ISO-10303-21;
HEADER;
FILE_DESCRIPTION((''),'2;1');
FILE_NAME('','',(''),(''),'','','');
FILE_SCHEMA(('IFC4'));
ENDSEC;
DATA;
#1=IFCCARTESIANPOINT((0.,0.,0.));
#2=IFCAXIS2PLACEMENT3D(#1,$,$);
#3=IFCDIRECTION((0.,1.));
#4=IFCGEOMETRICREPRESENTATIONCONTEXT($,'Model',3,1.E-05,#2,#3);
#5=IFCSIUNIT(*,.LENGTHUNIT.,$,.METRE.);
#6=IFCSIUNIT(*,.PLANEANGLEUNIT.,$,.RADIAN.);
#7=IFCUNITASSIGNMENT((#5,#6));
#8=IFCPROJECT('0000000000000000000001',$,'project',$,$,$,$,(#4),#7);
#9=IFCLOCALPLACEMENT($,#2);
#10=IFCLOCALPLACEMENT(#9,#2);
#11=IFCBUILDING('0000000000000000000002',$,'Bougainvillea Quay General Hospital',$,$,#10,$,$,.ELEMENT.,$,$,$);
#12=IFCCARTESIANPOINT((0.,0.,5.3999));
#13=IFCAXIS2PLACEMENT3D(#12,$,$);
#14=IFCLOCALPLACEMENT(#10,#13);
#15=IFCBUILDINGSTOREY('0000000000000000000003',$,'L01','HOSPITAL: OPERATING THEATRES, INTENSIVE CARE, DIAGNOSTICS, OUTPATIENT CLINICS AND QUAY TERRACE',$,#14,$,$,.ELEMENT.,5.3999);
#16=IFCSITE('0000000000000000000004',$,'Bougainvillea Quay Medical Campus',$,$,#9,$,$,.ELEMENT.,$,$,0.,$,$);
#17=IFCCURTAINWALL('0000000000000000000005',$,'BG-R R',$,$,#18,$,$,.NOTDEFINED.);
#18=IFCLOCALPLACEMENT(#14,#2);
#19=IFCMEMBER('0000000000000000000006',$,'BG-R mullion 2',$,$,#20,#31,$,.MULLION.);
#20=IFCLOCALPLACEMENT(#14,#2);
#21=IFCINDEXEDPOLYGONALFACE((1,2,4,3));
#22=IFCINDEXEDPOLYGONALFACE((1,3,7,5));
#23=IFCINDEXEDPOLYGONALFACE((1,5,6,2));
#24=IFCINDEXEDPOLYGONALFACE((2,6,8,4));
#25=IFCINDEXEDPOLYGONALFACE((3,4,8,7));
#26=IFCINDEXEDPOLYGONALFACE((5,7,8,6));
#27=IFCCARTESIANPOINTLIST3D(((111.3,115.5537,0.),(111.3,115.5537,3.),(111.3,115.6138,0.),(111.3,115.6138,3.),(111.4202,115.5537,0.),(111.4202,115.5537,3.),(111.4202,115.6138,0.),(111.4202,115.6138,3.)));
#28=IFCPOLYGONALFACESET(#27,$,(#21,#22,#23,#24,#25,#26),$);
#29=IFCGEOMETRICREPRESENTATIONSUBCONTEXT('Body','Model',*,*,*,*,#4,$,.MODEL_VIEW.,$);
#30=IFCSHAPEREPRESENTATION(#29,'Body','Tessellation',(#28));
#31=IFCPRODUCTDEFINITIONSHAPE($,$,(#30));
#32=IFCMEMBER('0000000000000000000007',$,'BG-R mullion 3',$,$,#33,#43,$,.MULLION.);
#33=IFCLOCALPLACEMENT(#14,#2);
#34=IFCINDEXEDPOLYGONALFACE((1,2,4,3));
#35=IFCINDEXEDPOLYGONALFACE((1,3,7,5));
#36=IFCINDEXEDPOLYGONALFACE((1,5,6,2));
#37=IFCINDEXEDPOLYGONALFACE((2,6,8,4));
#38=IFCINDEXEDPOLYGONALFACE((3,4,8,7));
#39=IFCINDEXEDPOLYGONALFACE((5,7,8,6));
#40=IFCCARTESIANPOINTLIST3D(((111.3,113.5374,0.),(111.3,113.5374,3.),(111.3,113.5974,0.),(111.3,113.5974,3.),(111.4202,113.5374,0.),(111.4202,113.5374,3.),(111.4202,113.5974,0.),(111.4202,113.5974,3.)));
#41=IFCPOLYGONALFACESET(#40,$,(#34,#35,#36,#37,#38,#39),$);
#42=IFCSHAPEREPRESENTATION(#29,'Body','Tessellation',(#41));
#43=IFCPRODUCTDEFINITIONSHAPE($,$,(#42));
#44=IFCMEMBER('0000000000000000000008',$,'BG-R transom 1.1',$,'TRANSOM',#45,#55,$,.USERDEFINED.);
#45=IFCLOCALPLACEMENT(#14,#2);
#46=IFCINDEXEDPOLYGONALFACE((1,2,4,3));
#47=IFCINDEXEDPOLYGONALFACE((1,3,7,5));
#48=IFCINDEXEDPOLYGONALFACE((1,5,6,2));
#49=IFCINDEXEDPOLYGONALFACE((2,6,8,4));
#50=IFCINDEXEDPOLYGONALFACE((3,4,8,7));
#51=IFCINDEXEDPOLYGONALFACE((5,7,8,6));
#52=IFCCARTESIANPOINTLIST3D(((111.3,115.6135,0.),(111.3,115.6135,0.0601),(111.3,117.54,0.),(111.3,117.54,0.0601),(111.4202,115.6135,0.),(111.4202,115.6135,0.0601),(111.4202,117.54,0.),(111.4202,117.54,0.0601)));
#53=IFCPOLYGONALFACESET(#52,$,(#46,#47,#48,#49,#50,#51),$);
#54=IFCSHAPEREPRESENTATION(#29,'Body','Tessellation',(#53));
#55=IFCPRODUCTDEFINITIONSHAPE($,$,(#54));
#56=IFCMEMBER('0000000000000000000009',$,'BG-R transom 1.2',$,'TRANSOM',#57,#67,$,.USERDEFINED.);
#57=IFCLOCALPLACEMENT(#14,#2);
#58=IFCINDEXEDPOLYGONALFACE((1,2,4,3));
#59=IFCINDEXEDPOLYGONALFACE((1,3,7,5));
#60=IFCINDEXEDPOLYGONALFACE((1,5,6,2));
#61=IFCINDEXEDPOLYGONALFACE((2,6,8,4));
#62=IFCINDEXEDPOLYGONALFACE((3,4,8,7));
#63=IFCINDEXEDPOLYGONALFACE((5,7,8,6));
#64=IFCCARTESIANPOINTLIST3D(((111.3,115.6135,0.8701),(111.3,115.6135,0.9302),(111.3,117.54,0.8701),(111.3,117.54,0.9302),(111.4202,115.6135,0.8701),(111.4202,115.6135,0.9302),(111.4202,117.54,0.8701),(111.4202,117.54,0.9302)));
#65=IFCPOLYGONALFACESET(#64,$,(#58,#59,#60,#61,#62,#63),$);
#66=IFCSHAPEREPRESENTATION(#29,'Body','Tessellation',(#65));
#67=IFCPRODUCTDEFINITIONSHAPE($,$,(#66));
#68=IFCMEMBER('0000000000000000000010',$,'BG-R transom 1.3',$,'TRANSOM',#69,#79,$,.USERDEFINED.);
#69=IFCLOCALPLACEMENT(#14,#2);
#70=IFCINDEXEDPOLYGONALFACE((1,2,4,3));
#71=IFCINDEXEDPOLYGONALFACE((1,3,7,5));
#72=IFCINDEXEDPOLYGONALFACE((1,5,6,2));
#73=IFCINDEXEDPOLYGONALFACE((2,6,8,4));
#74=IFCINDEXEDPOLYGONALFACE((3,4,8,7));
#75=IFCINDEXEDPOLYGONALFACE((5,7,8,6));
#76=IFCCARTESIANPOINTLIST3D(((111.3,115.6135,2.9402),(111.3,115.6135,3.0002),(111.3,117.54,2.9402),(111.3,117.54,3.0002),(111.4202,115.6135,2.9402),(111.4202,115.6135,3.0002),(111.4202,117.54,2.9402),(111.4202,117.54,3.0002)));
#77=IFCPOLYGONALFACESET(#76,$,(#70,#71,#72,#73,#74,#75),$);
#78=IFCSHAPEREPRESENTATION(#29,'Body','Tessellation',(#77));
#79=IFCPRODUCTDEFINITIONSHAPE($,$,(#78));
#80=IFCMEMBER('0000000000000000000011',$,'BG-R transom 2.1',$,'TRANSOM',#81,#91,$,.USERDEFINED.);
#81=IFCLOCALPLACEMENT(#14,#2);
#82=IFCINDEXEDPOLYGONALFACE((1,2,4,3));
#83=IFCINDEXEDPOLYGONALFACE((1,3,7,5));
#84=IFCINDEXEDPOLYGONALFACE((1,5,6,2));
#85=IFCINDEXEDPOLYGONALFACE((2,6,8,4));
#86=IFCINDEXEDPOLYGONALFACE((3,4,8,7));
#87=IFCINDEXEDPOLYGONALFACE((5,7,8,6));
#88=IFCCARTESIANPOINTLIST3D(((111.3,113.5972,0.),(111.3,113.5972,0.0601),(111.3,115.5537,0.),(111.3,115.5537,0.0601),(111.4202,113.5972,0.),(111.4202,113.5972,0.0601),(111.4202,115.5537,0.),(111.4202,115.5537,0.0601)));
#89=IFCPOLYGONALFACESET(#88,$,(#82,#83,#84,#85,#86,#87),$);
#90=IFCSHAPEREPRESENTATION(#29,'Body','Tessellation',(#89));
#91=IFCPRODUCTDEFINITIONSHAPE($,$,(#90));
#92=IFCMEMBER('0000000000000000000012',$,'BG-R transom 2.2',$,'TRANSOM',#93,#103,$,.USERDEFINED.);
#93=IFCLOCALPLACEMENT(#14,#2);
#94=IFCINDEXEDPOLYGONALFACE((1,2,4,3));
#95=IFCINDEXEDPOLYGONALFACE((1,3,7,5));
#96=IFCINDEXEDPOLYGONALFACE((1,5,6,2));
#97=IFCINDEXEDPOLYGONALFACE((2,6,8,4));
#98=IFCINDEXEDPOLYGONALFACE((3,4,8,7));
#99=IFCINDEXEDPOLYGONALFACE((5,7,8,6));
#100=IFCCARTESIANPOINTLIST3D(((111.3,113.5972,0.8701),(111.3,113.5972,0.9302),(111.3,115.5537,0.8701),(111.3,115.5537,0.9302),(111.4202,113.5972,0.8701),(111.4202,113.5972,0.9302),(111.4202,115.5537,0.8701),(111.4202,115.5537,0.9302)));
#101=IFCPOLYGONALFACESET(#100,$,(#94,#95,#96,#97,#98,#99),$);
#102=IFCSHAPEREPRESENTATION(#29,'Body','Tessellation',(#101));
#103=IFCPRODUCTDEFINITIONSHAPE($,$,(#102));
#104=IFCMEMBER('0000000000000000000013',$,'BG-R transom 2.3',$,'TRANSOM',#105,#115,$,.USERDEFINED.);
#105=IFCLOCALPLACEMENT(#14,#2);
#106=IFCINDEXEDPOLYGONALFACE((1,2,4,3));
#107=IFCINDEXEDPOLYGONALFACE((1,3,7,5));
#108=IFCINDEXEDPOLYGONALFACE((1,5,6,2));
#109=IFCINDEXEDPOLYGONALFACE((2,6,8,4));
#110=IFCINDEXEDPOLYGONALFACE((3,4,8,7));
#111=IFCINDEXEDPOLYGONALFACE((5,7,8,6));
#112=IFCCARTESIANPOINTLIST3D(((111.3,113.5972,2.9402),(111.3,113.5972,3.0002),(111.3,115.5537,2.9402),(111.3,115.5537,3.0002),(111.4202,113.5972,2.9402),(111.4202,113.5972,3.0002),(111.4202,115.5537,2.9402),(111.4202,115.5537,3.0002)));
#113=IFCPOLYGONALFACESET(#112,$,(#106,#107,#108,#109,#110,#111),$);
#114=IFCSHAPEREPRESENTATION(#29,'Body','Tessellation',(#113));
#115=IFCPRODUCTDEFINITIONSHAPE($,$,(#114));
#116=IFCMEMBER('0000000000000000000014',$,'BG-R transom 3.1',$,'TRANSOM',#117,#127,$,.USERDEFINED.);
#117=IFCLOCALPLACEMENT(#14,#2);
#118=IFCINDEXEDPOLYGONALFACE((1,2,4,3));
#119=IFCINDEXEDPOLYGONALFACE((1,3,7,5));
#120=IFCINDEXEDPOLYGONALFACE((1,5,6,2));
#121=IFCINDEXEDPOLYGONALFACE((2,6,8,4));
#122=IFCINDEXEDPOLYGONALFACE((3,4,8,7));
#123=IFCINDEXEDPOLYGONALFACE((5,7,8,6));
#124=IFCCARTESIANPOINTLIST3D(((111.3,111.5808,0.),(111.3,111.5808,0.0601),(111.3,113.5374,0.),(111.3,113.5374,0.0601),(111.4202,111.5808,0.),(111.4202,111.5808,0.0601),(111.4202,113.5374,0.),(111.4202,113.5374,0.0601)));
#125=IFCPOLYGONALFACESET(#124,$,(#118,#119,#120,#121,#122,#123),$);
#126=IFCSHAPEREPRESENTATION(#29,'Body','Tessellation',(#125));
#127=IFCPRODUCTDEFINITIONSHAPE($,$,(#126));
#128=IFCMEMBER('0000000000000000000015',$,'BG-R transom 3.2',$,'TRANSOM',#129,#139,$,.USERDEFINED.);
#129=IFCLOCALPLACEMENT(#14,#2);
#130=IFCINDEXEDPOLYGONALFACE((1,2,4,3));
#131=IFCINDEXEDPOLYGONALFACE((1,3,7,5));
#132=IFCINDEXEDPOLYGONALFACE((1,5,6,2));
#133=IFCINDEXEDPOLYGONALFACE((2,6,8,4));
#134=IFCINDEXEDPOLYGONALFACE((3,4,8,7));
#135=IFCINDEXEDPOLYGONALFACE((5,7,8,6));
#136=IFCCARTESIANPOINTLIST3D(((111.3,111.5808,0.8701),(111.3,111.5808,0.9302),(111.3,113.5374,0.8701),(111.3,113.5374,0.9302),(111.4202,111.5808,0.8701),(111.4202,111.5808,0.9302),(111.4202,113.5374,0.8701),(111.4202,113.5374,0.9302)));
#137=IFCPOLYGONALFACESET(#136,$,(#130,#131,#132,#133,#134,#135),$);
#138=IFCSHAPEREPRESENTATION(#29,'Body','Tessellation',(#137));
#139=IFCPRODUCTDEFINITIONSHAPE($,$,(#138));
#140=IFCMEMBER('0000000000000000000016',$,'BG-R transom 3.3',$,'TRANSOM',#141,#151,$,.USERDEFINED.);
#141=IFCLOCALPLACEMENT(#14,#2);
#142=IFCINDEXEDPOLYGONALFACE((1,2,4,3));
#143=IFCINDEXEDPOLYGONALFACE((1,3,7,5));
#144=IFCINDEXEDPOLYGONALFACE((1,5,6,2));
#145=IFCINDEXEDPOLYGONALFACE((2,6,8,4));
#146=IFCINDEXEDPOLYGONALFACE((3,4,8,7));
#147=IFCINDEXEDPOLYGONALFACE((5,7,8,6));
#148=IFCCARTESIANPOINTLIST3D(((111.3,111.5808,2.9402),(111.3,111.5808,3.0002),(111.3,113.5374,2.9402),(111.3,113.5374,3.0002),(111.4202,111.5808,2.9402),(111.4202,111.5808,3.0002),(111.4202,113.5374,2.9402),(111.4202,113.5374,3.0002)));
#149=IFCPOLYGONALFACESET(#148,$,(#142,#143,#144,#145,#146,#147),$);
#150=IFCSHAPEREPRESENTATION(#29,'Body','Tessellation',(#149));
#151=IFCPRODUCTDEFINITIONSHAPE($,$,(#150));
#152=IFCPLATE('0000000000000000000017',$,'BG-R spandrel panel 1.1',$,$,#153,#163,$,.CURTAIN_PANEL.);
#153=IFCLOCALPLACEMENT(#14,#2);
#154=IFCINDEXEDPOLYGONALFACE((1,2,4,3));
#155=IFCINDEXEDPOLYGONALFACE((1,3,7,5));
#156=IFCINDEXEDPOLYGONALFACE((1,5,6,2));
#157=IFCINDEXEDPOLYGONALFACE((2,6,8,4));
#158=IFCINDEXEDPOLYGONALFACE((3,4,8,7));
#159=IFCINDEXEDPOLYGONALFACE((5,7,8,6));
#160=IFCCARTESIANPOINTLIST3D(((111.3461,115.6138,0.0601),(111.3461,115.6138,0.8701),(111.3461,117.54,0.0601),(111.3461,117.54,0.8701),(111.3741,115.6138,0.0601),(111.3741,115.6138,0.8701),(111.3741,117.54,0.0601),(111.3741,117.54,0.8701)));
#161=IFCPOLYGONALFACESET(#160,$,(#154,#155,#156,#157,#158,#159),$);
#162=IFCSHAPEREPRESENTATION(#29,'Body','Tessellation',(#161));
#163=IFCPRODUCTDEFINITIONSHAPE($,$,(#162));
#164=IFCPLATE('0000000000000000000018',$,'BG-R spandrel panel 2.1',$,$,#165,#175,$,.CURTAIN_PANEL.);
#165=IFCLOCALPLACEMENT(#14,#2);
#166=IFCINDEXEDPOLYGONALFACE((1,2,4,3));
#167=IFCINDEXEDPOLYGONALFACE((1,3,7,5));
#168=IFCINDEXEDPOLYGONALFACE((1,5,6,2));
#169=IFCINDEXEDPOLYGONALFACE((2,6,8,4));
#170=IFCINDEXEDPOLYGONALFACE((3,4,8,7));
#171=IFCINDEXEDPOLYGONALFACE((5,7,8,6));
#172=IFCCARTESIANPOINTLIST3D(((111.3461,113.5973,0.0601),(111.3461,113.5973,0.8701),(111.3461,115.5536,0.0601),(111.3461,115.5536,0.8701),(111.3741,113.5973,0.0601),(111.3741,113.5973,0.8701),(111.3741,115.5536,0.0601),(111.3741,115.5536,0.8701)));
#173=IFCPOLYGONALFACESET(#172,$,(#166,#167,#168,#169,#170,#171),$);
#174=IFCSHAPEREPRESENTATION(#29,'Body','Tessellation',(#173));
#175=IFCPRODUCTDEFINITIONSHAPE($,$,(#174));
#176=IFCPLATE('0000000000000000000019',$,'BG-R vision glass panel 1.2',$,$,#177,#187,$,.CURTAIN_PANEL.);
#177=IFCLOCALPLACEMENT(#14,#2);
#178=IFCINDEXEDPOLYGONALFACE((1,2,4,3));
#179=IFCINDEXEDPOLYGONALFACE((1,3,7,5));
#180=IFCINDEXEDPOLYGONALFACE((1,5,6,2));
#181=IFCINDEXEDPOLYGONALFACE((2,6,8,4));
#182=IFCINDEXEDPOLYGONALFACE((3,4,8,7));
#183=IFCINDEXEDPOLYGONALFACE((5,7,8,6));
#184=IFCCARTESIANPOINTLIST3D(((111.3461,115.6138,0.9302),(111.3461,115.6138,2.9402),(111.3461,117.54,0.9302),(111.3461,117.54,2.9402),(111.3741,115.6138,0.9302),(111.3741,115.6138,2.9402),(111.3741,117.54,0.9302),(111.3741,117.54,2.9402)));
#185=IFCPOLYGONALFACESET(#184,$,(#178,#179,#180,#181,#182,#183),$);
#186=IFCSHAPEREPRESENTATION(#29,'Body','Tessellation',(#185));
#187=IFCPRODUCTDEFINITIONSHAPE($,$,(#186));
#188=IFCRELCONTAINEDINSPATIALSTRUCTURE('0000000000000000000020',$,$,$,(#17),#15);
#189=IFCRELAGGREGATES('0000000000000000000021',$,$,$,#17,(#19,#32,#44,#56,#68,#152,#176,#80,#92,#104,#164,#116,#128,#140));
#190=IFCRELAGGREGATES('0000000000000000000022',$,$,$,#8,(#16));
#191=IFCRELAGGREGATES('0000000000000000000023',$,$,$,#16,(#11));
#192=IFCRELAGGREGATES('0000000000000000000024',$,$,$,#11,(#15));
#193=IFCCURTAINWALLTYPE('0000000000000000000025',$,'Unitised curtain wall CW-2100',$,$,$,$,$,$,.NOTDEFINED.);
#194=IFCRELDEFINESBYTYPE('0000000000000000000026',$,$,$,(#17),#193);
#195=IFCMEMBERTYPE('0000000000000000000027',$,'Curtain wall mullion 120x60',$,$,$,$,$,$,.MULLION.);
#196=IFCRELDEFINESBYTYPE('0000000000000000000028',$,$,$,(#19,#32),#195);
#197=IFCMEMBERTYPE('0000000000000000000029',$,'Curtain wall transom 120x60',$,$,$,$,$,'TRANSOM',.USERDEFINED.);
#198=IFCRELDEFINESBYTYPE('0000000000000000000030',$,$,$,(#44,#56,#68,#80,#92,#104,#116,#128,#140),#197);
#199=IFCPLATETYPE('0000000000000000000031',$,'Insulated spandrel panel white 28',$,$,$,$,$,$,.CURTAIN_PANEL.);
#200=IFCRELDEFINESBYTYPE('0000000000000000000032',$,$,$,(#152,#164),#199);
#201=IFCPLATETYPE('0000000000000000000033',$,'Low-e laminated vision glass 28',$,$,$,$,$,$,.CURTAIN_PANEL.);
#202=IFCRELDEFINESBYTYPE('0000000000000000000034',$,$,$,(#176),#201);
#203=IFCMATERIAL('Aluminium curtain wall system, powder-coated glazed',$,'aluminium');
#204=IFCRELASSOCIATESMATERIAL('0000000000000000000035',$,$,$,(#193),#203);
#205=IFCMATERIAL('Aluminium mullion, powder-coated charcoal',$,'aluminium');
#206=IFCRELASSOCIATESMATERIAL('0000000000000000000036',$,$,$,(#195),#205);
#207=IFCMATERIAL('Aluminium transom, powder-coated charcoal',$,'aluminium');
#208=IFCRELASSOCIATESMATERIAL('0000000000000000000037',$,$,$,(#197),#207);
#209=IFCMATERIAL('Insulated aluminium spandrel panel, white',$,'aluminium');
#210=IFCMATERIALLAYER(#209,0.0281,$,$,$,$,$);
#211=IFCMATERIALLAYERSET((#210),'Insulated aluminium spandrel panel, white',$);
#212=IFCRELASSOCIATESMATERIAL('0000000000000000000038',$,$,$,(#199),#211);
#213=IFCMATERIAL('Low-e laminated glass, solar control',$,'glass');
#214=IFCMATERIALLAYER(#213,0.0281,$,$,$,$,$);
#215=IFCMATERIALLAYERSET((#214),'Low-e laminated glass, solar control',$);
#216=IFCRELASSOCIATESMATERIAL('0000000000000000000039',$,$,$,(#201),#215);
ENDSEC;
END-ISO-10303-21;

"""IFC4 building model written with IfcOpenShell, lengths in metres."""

from ifc_helpers import new_model, si_unit, direction, frame, origin, origin_2d, place, context, subcontext, project, spatial, rectangle, extrude, material, layer, layer_set, material_profile, profile_set, type_object, element, aggregate, save


model = new_model("IFC4")

# Units and contexts
model_context = context("Model", 3, precision=1e-05, world=origin(), true_north=direction((0.0, 1.0)))
body_context = subcontext(model_context, "Body", "Model", "MODEL_VIEW")
ifc_project = project(units=[si_unit("LENGTHUNIT", "METRE"), si_unit("PLANEANGLEUNIT", "RADIAN")], contexts=[model_context])

# Site, building, storey
site_placement = place(None, origin())
site = spatial("IfcSite", under=ifc_project, at=site_placement, Name="Bougainvillea Quay Medical Campus", CompositionType="ELEMENT", RefElevation=0.0)
building_placement = place(site_placement, origin())
building = spatial("IfcBuilding", under=site, at=building_placement, Name="Bougainvillea Quay General Hospital", CompositionType="ELEMENT")
storey_placement = place(building_placement, frame((0.0, 0.0, 5.3999)))
storey = spatial("IfcBuildingStorey", under=building, at=storey_placement, Name="L01", Description="HOSPITAL: OPERATING THEATRES, INTENSIVE CARE, DIAGNOSTICS, OUTPATIENT CLINICS AND QUAY TERRACE", CompositionType="ELEMENT", Elevation=5.3999)

# Curtain wall, members, plates
ifc_material_1 = material(Name="Aluminium curtain wall system, powder-coated glazed", Category="aluminium")
curtain_wall_type = type_object("IfcCurtainWallType", Name="Unitised curtain wall CW-2100", PredefinedType="NOTDEFINED", material=ifc_material_1)
curtain_wall_placement = place(storey_placement, origin())
curtain_wall = element("IfcCurtainWall", 1, at=curtain_wall_placement, inside=storey, type_object=curtain_wall_type, Name="BG-R R", PredefinedType="NOTDEFINED")
ifc_material_2 = material(Name="Aluminium mullion, powder-coated charcoal", Category="aluminium")
ifc_material_profile_1 = material_profile(ifc_material_2, rectangle(XDim=0.1201, YDim=0.0601, at=origin_2d()))
ifc_profile_set_1 = profile_set([ifc_material_profile_1], Name="Aluminium mullion, powder-coated charcoal")
member_type_1 = type_object("IfcMemberType", Name="Curtain wall mullion 120x60", PredefinedType="MULLION", material=ifc_profile_set_1)
member_1_placement = place(storey_placement, frame((111.3601, 115.5837, 0.0), z_axis=(0.0, 0.0, 1.0), x_axis=(1.0, 0.0, 0.0)))
member_1 = element("IfcMember", 2, at=member_1_placement, type_object=member_type_1, Name="BG-R mullion 2", PredefinedType="MULLION", context=body_context, shape_type="SweptSolid", body=[
    extrude(rectangle(XDim=0.1201, YDim=0.0601, at=origin_2d()), origin(), (0.0, 0.0, 1.0), 3.0),
])
member_2_placement = place(storey_placement, frame((111.3601, 113.5674, 0.0), z_axis=(0.0, 0.0, 1.0), x_axis=(1.0, 0.0, 0.0)))
member_2 = element("IfcMember", 3, at=member_2_placement, type_object=member_type_1, Name="BG-R mullion 3", PredefinedType="MULLION", context=body_context, shape_type="SweptSolid", body=[
    extrude(rectangle(XDim=0.1201, YDim=0.0601, at=origin_2d()), origin(), (0.0, 0.0, 1.0), 3.0),
])
ifc_material_3 = material(Name="Aluminium transom, powder-coated charcoal", Category="aluminium")
ifc_material_profile_2 = material_profile(ifc_material_3, rectangle(XDim=0.1201, YDim=0.0601, at=origin_2d()))
ifc_profile_set_2 = profile_set([ifc_material_profile_2], Name="Aluminium transom, powder-coated charcoal")
member_type_2 = type_object("IfcMemberType", Name="Curtain wall transom 120x60", ElementType="TRANSOM", PredefinedType="USERDEFINED", material=ifc_profile_set_2)
member_3_placement = place(storey_placement, frame((111.3601, 117.54, 0.03), z_axis=(0.0, -1.0, 0.0), x_axis=(1.0, 0.0, 0.0)))
member_3 = element("IfcMember", 4, at=member_3_placement, type_object=member_type_2, Name="BG-R transom 1.1", ObjectType="TRANSOM", PredefinedType="USERDEFINED", context=body_context, shape_type="SweptSolid", body=[
    extrude(rectangle(XDim=0.1201, YDim=0.0601, at=origin_2d()), origin(), (0.0, 0.0, 1.0), 1.9265),
])
member_4_placement = place(storey_placement, frame((111.3601, 117.54, 0.9001), z_axis=(0.0, -1.0, 0.0), x_axis=(1.0, 0.0, 0.0)))
member_4 = element("IfcMember", 5, at=member_4_placement, type_object=member_type_2, Name="BG-R transom 1.2", ObjectType="TRANSOM", PredefinedType="USERDEFINED", context=body_context, shape_type="SweptSolid", body=[
    extrude(rectangle(XDim=0.1201, YDim=0.0601, at=origin_2d()), origin(), (0.0, 0.0, 1.0), 1.9265),
])
member_5_placement = place(storey_placement, frame((111.3601, 117.54, 2.9702), z_axis=(0.0, -1.0, 0.0), x_axis=(1.0, 0.0, 0.0)))
member_5 = element("IfcMember", 6, at=member_5_placement, type_object=member_type_2, Name="BG-R transom 1.3", ObjectType="TRANSOM", PredefinedType="USERDEFINED", context=body_context, shape_type="SweptSolid", body=[
    extrude(rectangle(XDim=0.1201, YDim=0.0601, at=origin_2d()), origin(), (0.0, 0.0, 1.0), 1.9265),
])
member_6_placement = place(storey_placement, frame((111.3601, 115.5537, 0.03), z_axis=(0.0, -1.0, 0.0), x_axis=(1.0, 0.0, 0.0)))
member_6 = element("IfcMember", 7, at=member_6_placement, type_object=member_type_2, Name="BG-R transom 2.1", ObjectType="TRANSOM", PredefinedType="USERDEFINED", context=body_context, shape_type="SweptSolid", body=[
    extrude(rectangle(XDim=0.1201, YDim=0.0601, at=origin_2d()), origin(), (0.0, 0.0, 1.0), 1.9565),
])
member_7_placement = place(storey_placement, frame((111.3601, 115.5537, 0.9001), z_axis=(0.0, -1.0, 0.0), x_axis=(1.0, 0.0, 0.0)))
member_7 = element("IfcMember", 8, at=member_7_placement, type_object=member_type_2, Name="BG-R transom 2.2", ObjectType="TRANSOM", PredefinedType="USERDEFINED", context=body_context, shape_type="SweptSolid", body=[
    extrude(rectangle(XDim=0.1201, YDim=0.0601, at=origin_2d()), origin(), (0.0, 0.0, 1.0), 1.9565),
])
member_8_placement = place(storey_placement, frame((111.3601, 115.5537, 2.9702), z_axis=(0.0, -1.0, 0.0), x_axis=(1.0, 0.0, 0.0)))
member_8 = element("IfcMember", 9, at=member_8_placement, type_object=member_type_2, Name="BG-R transom 2.3", ObjectType="TRANSOM", PredefinedType="USERDEFINED", context=body_context, shape_type="SweptSolid", body=[
    extrude(rectangle(XDim=0.1201, YDim=0.0601, at=origin_2d()), origin(), (0.0, 0.0, 1.0), 1.9565),
])
member_9_placement = place(storey_placement, frame((111.3601, 113.5374, 0.03), z_axis=(0.0, -1.0, 0.0), x_axis=(1.0, 0.0, 0.0)))
member_9 = element("IfcMember", 10, at=member_9_placement, type_object=member_type_2, Name="BG-R transom 3.1", ObjectType="TRANSOM", PredefinedType="USERDEFINED", context=body_context, shape_type="SweptSolid", body=[
    extrude(rectangle(XDim=0.1201, YDim=0.0601, at=origin_2d()), origin(), (0.0, 0.0, 1.0), 1.9565),
])
member_10_placement = place(storey_placement, frame((111.3601, 113.5374, 0.9001), z_axis=(0.0, -1.0, 0.0), x_axis=(1.0, 0.0, 0.0)))
member_10 = element("IfcMember", 11, at=member_10_placement, type_object=member_type_2, Name="BG-R transom 3.2", ObjectType="TRANSOM", PredefinedType="USERDEFINED", context=body_context, shape_type="SweptSolid", body=[
    extrude(rectangle(XDim=0.1201, YDim=0.0601, at=origin_2d()), origin(), (0.0, 0.0, 1.0), 1.9565),
])
member_11_placement = place(storey_placement, frame((111.3601, 113.5374, 2.9702), z_axis=(0.0, -1.0, 0.0), x_axis=(1.0, 0.0, 0.0)))
member_11 = element("IfcMember", 12, at=member_11_placement, type_object=member_type_2, Name="BG-R transom 3.3", ObjectType="TRANSOM", PredefinedType="USERDEFINED", context=body_context, shape_type="SweptSolid", body=[
    extrude(rectangle(XDim=0.1201, YDim=0.0601, at=origin_2d()), origin(), (0.0, 0.0, 1.0), 1.9565),
])
ifc_material_4 = material(Name="Insulated aluminium spandrel panel, white", Category="aluminium")
ifc_layer_1 = layer(ifc_material_4, 0.0281)
ifc_layer_set_1 = layer_set([ifc_layer_1], Name="Insulated aluminium spandrel panel, white")
plate_type_1 = type_object("IfcPlateType", Name="Insulated spandrel panel white 28", PredefinedType="CURTAIN_PANEL", material=ifc_layer_set_1)
plate_1_placement = place(storey_placement, frame((111.3601, 116.5769, 0.0601), z_axis=(0.0, 0.0, 1.0), x_axis=(0.0, -1.0, 0.0)))
plate_1 = element("IfcPlate", 13, at=plate_1_placement, type_object=plate_type_1, Name="BG-R spandrel panel 1.1", PredefinedType="CURTAIN_PANEL", context=body_context, shape_type="SweptSolid", body=[
    extrude(rectangle(XDim=1.9263, YDim=0.0281, at=origin_2d()), origin(), (0.0, 0.0, 1.0), 0.8101),
])
plate_2_placement = place(storey_placement, frame((111.3601, 114.5754, 0.0601), z_axis=(0.0, 0.0, 1.0), x_axis=(0.0, -1.0, 0.0)))
plate_2 = element("IfcPlate", 14, at=plate_2_placement, type_object=plate_type_1, Name="BG-R spandrel panel 2.1", PredefinedType="CURTAIN_PANEL", context=body_context, shape_type="SweptSolid", body=[
    extrude(rectangle(XDim=1.9563, YDim=0.0281, at=origin_2d()), origin(), (0.0, 0.0, 1.0), 0.8101),
])
ifc_material_5 = material(Name="Low-e laminated glass, solar control", Category="glass")
ifc_layer_2 = layer(ifc_material_5, 0.0281)
ifc_layer_set_2 = layer_set([ifc_layer_2], Name="Low-e laminated glass, solar control")
plate_type_2 = type_object("IfcPlateType", Name="Low-e laminated vision glass 28", PredefinedType="CURTAIN_PANEL", material=ifc_layer_set_2)
plate_3_placement = place(storey_placement, frame((111.3601, 116.5769, 0.9302), z_axis=(0.0, 0.0, 1.0), x_axis=(0.0, -1.0, 0.0)))
plate_3 = element("IfcPlate", 15, at=plate_3_placement, type_object=plate_type_2, Name="BG-R vision glass panel 1.2", PredefinedType="CURTAIN_PANEL", context=body_context, shape_type="SweptSolid", body=[
    extrude(rectangle(XDim=1.9263, YDim=0.0281, at=origin_2d()), origin(), (0.0, 0.0, 1.0), 2.01),
])
aggregate(curtain_wall, [member_1, member_2, member_3, member_4, member_5, plate_1, plate_3, member_6, member_7, member_8, plate_2, member_9, member_10, member_11])

save(model, "model.ifc")
